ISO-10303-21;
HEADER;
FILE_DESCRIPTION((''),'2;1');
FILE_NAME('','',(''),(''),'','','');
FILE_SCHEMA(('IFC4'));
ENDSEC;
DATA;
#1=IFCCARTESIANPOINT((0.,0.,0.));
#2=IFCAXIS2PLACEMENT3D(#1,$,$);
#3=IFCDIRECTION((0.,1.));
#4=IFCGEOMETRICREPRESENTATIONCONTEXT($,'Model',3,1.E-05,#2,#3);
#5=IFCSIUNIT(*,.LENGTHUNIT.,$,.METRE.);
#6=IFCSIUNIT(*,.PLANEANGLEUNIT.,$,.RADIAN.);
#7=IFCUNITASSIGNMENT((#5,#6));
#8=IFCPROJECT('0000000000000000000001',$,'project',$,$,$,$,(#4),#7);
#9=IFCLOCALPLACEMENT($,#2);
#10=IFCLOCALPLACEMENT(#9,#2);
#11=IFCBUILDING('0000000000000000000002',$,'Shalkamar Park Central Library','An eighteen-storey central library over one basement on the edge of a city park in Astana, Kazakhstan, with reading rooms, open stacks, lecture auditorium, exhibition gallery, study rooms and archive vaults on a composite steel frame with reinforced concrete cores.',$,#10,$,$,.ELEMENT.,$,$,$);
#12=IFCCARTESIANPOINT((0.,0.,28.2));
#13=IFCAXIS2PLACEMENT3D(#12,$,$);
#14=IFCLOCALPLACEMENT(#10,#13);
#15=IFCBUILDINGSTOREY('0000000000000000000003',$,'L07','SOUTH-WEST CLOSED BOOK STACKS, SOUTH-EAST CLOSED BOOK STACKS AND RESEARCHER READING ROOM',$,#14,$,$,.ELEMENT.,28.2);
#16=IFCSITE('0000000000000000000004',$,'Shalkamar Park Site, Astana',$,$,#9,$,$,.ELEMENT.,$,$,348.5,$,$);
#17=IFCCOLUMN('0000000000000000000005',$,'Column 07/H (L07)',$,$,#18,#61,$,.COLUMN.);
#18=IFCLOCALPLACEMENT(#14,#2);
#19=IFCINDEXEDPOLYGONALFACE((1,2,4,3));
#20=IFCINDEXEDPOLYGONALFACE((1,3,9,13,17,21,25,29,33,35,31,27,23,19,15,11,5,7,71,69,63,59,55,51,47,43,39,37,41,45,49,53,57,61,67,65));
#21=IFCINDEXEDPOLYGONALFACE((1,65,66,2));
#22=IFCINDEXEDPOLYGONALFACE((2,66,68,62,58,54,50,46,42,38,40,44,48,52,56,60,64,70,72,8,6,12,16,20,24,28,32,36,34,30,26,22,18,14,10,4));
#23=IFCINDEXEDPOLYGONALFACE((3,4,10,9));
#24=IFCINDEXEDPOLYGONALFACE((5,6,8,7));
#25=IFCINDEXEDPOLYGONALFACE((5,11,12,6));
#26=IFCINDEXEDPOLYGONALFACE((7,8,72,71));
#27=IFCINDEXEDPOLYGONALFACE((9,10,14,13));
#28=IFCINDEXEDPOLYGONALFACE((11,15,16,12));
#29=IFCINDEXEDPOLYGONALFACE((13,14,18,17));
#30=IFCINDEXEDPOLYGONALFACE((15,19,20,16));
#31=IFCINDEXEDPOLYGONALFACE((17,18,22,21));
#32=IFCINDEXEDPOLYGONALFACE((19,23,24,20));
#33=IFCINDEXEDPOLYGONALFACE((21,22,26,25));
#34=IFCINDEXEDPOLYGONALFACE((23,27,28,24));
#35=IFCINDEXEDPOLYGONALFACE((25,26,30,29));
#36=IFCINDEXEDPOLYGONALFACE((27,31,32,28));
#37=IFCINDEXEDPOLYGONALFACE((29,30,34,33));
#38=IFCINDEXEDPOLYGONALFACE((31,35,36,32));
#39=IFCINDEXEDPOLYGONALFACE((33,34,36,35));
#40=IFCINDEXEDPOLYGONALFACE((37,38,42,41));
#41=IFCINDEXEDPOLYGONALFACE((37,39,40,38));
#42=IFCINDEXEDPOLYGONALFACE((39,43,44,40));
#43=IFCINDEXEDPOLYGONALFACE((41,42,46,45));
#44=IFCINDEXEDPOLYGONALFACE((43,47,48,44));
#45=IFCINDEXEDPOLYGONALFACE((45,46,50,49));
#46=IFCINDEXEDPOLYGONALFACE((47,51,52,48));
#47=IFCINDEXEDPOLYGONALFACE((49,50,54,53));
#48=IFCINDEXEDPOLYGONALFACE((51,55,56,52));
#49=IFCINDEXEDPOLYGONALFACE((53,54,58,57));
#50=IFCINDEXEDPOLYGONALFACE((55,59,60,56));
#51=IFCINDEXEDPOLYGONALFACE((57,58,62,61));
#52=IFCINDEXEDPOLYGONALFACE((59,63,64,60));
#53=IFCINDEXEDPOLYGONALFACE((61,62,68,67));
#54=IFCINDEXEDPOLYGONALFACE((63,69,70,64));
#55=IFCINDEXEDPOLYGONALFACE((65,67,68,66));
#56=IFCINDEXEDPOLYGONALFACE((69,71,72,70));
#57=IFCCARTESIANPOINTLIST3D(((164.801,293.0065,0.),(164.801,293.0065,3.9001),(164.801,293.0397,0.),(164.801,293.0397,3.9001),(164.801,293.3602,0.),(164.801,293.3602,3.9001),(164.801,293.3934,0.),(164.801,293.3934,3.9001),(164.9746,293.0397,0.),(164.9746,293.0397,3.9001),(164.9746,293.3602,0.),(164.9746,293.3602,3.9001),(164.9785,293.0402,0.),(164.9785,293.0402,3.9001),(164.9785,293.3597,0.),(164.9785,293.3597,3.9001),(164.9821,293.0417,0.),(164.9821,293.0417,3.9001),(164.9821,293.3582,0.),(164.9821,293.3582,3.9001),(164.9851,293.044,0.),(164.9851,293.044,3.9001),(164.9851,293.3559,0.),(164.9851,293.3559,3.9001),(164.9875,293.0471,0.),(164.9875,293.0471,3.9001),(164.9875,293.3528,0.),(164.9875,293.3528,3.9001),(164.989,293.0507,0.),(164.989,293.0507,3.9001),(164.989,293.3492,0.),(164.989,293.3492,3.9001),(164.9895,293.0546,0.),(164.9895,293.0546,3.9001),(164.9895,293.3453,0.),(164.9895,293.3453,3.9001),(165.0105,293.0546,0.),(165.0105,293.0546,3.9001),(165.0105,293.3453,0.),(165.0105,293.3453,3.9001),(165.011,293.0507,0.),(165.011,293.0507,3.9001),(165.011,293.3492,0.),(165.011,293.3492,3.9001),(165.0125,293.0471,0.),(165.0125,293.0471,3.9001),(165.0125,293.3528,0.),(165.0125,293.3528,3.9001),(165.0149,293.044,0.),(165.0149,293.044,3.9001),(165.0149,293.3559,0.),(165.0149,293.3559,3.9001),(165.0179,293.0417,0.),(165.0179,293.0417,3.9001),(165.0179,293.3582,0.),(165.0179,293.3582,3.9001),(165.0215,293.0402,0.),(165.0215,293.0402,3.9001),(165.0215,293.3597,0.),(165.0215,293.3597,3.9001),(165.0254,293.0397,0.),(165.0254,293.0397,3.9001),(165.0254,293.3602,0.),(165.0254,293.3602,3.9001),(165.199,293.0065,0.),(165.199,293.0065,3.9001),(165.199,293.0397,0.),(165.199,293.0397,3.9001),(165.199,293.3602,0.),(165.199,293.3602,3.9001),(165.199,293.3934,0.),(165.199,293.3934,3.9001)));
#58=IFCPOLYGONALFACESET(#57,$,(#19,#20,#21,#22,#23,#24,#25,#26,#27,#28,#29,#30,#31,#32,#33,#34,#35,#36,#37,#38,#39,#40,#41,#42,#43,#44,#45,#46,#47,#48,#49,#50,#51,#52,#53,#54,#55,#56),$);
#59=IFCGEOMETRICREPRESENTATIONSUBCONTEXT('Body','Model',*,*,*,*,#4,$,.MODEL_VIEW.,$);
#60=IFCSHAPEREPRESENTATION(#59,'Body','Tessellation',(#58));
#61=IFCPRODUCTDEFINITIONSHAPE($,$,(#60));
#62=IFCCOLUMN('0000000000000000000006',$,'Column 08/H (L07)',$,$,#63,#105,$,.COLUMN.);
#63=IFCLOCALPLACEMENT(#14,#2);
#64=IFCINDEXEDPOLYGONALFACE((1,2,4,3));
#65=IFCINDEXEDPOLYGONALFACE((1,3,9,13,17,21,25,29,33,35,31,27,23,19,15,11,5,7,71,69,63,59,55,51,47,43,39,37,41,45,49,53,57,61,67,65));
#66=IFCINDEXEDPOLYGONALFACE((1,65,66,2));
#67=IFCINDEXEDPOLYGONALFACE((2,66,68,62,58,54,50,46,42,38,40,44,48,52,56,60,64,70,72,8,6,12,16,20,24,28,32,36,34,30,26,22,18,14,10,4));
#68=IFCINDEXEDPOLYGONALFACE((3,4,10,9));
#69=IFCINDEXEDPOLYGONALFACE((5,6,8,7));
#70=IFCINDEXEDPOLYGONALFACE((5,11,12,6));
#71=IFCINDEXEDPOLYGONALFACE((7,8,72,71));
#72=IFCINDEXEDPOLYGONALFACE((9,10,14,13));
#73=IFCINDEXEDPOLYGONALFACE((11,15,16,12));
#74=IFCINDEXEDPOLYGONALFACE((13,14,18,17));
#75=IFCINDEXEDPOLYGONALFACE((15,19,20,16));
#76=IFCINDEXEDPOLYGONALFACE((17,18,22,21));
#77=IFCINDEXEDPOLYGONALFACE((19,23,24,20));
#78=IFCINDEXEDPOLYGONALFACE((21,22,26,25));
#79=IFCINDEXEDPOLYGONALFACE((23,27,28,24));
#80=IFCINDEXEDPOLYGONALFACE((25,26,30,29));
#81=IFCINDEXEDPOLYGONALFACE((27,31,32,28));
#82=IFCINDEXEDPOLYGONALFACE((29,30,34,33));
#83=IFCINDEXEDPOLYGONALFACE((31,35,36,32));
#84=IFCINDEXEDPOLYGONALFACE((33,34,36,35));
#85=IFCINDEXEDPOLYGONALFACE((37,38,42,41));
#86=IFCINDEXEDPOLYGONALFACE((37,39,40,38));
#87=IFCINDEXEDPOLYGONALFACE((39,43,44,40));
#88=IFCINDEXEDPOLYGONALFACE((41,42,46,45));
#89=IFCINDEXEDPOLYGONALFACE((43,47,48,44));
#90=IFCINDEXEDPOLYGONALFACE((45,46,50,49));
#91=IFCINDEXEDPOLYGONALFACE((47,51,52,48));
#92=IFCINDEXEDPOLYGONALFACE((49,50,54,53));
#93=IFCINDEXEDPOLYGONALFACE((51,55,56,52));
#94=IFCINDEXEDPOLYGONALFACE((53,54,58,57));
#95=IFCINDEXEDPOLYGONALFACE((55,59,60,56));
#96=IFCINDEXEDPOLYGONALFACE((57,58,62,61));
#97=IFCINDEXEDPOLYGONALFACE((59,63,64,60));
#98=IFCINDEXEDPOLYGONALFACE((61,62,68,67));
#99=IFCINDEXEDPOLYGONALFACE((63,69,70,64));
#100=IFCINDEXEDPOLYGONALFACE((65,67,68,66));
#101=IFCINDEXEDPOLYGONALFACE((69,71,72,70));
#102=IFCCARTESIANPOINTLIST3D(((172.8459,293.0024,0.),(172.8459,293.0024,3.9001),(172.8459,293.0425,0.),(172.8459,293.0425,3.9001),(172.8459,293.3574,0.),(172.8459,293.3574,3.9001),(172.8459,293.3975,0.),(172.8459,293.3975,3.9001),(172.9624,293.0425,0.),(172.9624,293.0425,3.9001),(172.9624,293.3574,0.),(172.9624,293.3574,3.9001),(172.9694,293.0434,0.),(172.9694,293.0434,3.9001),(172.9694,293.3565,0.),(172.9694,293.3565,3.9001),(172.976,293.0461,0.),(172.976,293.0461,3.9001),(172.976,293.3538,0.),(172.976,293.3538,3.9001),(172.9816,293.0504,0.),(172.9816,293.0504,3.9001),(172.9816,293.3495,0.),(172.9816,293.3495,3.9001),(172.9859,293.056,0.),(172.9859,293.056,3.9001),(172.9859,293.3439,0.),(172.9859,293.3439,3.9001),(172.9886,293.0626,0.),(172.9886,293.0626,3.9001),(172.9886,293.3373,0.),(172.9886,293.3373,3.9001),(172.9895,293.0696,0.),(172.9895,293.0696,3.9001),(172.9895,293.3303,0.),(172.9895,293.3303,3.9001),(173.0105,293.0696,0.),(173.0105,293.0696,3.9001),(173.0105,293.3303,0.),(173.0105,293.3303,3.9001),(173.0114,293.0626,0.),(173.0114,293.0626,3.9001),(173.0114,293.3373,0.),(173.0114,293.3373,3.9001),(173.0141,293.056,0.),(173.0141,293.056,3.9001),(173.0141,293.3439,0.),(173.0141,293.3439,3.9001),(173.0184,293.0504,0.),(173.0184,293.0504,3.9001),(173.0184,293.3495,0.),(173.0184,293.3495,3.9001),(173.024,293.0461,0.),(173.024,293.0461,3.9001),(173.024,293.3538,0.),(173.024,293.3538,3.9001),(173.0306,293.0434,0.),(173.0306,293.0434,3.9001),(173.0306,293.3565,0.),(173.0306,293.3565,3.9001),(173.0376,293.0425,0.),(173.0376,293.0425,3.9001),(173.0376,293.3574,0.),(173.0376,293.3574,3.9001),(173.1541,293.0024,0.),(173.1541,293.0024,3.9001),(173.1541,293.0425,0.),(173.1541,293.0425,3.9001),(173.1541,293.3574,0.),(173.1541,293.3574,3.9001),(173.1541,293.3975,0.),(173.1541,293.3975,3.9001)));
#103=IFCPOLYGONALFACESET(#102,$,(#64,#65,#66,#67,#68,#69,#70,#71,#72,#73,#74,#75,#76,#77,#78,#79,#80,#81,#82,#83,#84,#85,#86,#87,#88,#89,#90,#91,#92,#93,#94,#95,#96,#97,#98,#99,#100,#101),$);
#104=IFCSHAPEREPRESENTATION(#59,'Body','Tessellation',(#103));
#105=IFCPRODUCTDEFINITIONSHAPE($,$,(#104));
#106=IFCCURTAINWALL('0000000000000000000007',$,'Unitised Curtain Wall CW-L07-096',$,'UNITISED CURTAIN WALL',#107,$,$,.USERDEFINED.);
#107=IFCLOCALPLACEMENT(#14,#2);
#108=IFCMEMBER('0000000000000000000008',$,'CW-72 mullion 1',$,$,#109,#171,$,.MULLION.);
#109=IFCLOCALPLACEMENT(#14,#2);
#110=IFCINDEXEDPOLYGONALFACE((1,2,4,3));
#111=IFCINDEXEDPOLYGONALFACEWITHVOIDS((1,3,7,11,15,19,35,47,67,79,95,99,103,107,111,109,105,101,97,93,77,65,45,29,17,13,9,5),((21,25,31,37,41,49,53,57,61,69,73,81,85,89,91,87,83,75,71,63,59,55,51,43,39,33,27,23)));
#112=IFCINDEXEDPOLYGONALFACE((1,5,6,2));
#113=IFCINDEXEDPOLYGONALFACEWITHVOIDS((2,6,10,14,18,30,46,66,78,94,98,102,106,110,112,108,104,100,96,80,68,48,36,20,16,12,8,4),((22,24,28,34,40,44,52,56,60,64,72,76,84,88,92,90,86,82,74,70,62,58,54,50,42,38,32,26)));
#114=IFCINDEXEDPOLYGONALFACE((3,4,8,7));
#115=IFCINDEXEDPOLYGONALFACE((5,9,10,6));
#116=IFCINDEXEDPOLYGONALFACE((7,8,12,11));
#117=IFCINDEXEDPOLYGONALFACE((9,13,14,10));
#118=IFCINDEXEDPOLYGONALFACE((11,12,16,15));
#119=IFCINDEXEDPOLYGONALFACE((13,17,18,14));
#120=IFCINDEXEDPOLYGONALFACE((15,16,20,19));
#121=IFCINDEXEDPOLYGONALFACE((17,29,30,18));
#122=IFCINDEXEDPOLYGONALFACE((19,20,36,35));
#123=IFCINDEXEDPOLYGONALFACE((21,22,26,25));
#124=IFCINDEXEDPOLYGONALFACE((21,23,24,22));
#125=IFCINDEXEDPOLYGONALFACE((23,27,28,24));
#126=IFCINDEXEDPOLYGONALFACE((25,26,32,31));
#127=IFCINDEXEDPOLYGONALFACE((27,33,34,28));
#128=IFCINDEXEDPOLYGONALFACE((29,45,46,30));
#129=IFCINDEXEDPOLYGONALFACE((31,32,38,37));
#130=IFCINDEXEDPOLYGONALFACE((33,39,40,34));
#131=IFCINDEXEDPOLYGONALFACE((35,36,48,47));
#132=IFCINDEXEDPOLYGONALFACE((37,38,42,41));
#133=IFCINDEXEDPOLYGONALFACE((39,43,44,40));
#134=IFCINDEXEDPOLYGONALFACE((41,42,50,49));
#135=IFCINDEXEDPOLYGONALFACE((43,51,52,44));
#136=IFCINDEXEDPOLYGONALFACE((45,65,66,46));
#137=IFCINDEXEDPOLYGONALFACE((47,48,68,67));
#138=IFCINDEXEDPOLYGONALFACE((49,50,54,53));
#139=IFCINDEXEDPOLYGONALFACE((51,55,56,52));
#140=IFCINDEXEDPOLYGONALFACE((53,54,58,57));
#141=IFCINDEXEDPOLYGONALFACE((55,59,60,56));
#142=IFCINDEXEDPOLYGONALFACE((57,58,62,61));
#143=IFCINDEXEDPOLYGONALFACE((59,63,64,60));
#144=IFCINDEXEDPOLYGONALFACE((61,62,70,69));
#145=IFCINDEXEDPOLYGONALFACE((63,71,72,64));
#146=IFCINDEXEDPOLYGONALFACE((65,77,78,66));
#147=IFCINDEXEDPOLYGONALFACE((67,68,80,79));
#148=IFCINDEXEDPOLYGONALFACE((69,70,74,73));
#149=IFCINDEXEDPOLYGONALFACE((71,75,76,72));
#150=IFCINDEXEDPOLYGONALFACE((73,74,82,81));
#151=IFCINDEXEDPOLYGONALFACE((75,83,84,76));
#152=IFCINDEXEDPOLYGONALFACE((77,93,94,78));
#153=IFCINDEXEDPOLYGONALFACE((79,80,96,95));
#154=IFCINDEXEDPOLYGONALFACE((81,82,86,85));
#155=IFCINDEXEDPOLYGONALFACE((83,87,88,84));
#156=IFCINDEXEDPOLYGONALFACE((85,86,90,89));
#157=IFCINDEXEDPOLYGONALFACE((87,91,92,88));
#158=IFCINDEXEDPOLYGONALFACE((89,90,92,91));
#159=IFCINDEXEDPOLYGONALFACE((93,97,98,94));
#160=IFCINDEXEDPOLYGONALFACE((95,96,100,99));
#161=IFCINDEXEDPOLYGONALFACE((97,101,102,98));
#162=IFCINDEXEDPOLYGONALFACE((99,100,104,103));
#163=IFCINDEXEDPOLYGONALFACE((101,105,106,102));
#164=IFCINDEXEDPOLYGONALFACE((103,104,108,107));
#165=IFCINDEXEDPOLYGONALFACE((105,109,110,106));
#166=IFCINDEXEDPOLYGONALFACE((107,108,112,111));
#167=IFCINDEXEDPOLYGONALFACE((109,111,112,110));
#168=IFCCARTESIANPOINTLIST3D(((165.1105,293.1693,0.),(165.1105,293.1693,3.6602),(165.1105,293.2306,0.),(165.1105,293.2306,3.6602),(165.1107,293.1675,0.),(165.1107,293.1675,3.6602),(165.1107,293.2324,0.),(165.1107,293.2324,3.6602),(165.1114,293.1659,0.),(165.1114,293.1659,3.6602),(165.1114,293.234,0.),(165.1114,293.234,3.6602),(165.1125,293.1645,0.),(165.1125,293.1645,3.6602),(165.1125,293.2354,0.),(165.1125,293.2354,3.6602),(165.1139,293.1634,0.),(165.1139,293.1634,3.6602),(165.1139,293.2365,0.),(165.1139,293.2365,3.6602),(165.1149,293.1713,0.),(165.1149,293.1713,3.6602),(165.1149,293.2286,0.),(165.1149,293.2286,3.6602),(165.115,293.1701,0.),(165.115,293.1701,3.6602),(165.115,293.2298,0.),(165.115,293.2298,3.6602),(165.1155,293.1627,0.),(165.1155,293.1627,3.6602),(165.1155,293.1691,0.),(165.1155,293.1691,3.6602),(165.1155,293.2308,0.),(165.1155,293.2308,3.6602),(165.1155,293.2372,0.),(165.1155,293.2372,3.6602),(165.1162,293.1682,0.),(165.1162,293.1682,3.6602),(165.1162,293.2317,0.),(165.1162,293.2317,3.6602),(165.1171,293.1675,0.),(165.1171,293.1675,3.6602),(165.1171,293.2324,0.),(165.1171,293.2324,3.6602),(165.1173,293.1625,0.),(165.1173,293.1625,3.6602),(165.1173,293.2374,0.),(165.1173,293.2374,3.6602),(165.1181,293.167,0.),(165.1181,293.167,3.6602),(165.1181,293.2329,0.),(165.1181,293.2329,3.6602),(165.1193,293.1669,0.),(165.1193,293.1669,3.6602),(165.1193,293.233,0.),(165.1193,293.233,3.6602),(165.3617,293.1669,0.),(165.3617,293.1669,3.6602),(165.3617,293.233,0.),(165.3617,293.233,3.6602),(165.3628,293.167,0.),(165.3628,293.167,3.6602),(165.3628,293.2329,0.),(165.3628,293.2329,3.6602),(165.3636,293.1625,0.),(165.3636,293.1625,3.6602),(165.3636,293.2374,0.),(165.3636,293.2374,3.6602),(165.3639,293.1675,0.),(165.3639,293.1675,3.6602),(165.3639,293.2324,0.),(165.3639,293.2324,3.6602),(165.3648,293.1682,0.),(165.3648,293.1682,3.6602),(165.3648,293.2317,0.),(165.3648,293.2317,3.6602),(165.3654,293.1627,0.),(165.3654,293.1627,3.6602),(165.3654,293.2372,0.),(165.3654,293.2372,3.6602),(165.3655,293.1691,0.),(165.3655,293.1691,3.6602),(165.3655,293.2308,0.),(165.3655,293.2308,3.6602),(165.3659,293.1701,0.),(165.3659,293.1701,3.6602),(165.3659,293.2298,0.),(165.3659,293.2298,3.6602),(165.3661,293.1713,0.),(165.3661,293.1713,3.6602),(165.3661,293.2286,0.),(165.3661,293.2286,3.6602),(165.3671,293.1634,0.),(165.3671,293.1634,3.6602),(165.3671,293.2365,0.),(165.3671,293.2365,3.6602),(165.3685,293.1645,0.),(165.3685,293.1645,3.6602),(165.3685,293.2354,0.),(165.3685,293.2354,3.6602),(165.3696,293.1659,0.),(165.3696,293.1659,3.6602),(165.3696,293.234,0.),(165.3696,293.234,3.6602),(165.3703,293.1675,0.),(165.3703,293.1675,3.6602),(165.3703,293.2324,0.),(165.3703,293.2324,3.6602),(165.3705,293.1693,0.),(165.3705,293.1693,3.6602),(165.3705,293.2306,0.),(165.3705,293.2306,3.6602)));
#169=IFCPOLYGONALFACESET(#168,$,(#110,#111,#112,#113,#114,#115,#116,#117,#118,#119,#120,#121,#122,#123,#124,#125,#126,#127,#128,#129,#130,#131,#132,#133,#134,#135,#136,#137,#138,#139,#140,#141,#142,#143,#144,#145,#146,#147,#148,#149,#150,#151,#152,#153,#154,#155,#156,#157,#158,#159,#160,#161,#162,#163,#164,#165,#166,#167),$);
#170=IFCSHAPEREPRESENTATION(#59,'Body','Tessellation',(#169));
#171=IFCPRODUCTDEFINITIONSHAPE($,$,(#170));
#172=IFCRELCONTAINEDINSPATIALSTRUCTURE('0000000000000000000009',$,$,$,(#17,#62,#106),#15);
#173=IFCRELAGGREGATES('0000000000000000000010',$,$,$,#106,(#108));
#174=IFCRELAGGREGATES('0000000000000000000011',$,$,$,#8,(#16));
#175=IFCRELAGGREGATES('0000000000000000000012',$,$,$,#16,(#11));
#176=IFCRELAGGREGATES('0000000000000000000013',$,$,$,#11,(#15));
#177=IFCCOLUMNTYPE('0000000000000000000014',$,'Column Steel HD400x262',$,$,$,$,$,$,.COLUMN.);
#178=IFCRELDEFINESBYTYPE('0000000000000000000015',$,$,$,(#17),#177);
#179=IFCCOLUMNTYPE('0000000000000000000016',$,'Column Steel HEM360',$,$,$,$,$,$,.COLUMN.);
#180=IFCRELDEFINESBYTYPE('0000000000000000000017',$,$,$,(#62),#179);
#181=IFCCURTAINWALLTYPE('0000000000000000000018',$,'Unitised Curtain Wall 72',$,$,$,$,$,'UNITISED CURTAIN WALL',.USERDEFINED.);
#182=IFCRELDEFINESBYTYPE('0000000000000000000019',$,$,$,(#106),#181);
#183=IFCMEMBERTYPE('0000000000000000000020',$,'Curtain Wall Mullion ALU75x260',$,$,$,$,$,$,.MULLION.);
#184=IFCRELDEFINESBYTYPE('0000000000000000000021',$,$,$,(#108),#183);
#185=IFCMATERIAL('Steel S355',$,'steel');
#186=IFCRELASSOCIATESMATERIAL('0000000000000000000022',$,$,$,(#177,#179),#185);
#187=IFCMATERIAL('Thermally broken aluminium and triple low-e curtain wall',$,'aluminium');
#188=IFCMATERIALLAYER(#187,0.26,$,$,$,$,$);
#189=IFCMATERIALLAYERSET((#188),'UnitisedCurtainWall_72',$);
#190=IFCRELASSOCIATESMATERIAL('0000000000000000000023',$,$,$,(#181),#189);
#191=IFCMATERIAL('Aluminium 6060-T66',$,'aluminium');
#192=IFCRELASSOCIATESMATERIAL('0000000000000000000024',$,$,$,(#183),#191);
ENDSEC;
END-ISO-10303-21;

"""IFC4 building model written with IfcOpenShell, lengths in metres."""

from ifc_helpers import new_model, si_unit, direction, frame, origin, origin_2d, place, context, subcontext, project, spatial, hollow_rectangle, i_section, extrude, material, layer, layer_set, material_profile, profile_set, type_object, element, aggregate, save


model = new_model("IFC4")

# Units and contexts
model_context = context("Model", 3, precision=1e-05, world=origin(), true_north=direction((0.0, 1.0)))
body_context = subcontext(model_context, "Body", "Model", "MODEL_VIEW")
ifc_project = project(units=[si_unit("LENGTHUNIT", "METRE"), si_unit("PLANEANGLEUNIT", "RADIAN")], contexts=[model_context])

# Site, building, storey
site_placement = place(None, origin())
site = spatial("IfcSite", under=ifc_project, at=site_placement, Name="Shalkamar Park Site, Astana", CompositionType="ELEMENT", RefElevation=348.5)
building_placement = place(site_placement, origin())
building = spatial("IfcBuilding", under=site, at=building_placement, Name="Shalkamar Park Central Library", Description="An eighteen-storey central library over one basement on the edge of a city park in Astana, Kazakhstan, with reading rooms, open stacks, lecture auditorium, exhibition gallery, study rooms and archive vaults on a composite steel frame with reinforced concrete cores.", CompositionType="ELEMENT")
storey_placement = place(building_placement, frame((0.0, 0.0, 28.2)))
storey = spatial("IfcBuildingStorey", under=building, at=storey_placement, Name="L07", Description="SOUTH-WEST CLOSED BOOK STACKS, SOUTH-EAST CLOSED BOOK STACKS AND RESEARCHER READING ROOM", CompositionType="ELEMENT", Elevation=28.2)

# Columns
ifc_material_1 = material(Name="Steel S355", Category="steel")
ifc_material_profile_1 = material_profile(ifc_material_1, i_section(OverallWidth=0.3979, OverallDepth=0.387, WebThickness=0.021, FlangeThickness=0.0332, FilletRadius=0.0149, at=origin_2d()), Name="HD 400x262")
ifc_profile_set_1 = profile_set([ifc_material_profile_1], Name="Steel S355")
column_type_1 = type_object("IfcColumnType", Name="Column Steel HD400x262", PredefinedType="COLUMN", material=ifc_profile_set_1)
column_1_placement = place(storey_placement, frame((165.0, 293.2, 0.0), z_axis=(0.0, 0.0, 1.0), x_axis=(1.0, 0.0, 0.0)))
element("IfcColumn", 1, at=column_1_placement, inside=storey, type_object=column_type_1, Name="Column 07/H (L07)", PredefinedType="COLUMN", context=body_context, shape_type="SweptSolid", body=[
    extrude(i_section(OverallWidth=0.3979, OverallDepth=0.387, WebThickness=0.021, FlangeThickness=0.0332, FilletRadius=0.0149, at=origin_2d()), origin(), (0.0, 0.0, 1.0), 3.9001),
])
ifc_material_profile_2 = material_profile(ifc_material_1, i_section(OverallWidth=0.3081, OverallDepth=0.395, WebThickness=0.021, FlangeThickness=0.04, FilletRadius=0.0271, at=origin_2d()), Name="HEM 360")
ifc_profile_set_2 = profile_set([ifc_material_profile_2], Name="Steel S355")
column_type_2 = type_object("IfcColumnType", Name="Column Steel HEM360", PredefinedType="COLUMN", material=ifc_profile_set_2)
column_2_placement = place(storey_placement, frame((173.0, 293.2, 0.0), z_axis=(0.0, 0.0, 1.0), x_axis=(1.0, 0.0, 0.0)))
element("IfcColumn", 2, at=column_2_placement, inside=storey, type_object=column_type_2, Name="Column 08/H (L07)", PredefinedType="COLUMN", context=body_context, shape_type="SweptSolid", body=[
    extrude(i_section(OverallWidth=0.3081, OverallDepth=0.395, WebThickness=0.021, FlangeThickness=0.04, FilletRadius=0.0271, at=origin_2d()), origin(), (0.0, 0.0, 1.0), 3.9001),
])

# Curtain wall, member
ifc_material_2 = material(Name="Thermally broken aluminium and triple low-e curtain wall", Category="aluminium")
ifc_layer_1 = layer(ifc_material_2, 0.26)
ifc_layer_set_1 = layer_set([ifc_layer_1], Name="UnitisedCurtainWall_72")
curtain_wall_type_1 = type_object("IfcCurtainWallType", Name="Unitised Curtain Wall 72", ElementType="UNITISED CURTAIN WALL", PredefinedType="USERDEFINED", material=ifc_layer_set_1)
curtain_wall_1_placement = place(storey_placement, origin())
curtain_wall_1 = element("IfcCurtainWall", 3, at=curtain_wall_1_placement, inside=storey, type_object=curtain_wall_type_1, Name="Unitised Curtain Wall CW-L07-096", ObjectType="UNITISED CURTAIN WALL", PredefinedType="USERDEFINED")
ifc_material_3 = material(Name="Aluminium 6060-T66", Category="aluminium")
ifc_material_profile_3 = material_profile(ifc_material_3, hollow_rectangle(XDim=0.075, YDim=0.26, WallThickness=0.0044, InnerFilletRadius=0.0044, OuterFilletRadius=0.0068, at=origin_2d()), Name="ALU 75x260x4.5")
ifc_profile_set_3 = profile_set([ifc_material_profile_3], Name="Aluminium 6060-T66")
member_type_1 = type_object("IfcMemberType", Name="Curtain Wall Mullion ALU75x260", PredefinedType="MULLION", material=ifc_profile_set_3)
member_1_placement = place(storey_placement, frame((165.2405, 293.2, 0.0), z_axis=(0.0, 0.0, 1.0), x_axis=(0.0, 1.0, 0.0)))
member_1 = element("IfcMember", 4, at=member_1_placement, type_object=member_type_1, Name="CW-72 mullion 1", PredefinedType="MULLION", context=body_context, shape_type="SweptSolid", body=[
    extrude(hollow_rectangle(XDim=0.075, YDim=0.26, WallThickness=0.0044, InnerFilletRadius=0.0044, OuterFilletRadius=0.0068, at=origin_2d()), origin(), (0.0, 0.0, 1.0), 3.6602),
])

aggregate(curtain_wall_1, [member_1])

save(model, "model.ifc")
